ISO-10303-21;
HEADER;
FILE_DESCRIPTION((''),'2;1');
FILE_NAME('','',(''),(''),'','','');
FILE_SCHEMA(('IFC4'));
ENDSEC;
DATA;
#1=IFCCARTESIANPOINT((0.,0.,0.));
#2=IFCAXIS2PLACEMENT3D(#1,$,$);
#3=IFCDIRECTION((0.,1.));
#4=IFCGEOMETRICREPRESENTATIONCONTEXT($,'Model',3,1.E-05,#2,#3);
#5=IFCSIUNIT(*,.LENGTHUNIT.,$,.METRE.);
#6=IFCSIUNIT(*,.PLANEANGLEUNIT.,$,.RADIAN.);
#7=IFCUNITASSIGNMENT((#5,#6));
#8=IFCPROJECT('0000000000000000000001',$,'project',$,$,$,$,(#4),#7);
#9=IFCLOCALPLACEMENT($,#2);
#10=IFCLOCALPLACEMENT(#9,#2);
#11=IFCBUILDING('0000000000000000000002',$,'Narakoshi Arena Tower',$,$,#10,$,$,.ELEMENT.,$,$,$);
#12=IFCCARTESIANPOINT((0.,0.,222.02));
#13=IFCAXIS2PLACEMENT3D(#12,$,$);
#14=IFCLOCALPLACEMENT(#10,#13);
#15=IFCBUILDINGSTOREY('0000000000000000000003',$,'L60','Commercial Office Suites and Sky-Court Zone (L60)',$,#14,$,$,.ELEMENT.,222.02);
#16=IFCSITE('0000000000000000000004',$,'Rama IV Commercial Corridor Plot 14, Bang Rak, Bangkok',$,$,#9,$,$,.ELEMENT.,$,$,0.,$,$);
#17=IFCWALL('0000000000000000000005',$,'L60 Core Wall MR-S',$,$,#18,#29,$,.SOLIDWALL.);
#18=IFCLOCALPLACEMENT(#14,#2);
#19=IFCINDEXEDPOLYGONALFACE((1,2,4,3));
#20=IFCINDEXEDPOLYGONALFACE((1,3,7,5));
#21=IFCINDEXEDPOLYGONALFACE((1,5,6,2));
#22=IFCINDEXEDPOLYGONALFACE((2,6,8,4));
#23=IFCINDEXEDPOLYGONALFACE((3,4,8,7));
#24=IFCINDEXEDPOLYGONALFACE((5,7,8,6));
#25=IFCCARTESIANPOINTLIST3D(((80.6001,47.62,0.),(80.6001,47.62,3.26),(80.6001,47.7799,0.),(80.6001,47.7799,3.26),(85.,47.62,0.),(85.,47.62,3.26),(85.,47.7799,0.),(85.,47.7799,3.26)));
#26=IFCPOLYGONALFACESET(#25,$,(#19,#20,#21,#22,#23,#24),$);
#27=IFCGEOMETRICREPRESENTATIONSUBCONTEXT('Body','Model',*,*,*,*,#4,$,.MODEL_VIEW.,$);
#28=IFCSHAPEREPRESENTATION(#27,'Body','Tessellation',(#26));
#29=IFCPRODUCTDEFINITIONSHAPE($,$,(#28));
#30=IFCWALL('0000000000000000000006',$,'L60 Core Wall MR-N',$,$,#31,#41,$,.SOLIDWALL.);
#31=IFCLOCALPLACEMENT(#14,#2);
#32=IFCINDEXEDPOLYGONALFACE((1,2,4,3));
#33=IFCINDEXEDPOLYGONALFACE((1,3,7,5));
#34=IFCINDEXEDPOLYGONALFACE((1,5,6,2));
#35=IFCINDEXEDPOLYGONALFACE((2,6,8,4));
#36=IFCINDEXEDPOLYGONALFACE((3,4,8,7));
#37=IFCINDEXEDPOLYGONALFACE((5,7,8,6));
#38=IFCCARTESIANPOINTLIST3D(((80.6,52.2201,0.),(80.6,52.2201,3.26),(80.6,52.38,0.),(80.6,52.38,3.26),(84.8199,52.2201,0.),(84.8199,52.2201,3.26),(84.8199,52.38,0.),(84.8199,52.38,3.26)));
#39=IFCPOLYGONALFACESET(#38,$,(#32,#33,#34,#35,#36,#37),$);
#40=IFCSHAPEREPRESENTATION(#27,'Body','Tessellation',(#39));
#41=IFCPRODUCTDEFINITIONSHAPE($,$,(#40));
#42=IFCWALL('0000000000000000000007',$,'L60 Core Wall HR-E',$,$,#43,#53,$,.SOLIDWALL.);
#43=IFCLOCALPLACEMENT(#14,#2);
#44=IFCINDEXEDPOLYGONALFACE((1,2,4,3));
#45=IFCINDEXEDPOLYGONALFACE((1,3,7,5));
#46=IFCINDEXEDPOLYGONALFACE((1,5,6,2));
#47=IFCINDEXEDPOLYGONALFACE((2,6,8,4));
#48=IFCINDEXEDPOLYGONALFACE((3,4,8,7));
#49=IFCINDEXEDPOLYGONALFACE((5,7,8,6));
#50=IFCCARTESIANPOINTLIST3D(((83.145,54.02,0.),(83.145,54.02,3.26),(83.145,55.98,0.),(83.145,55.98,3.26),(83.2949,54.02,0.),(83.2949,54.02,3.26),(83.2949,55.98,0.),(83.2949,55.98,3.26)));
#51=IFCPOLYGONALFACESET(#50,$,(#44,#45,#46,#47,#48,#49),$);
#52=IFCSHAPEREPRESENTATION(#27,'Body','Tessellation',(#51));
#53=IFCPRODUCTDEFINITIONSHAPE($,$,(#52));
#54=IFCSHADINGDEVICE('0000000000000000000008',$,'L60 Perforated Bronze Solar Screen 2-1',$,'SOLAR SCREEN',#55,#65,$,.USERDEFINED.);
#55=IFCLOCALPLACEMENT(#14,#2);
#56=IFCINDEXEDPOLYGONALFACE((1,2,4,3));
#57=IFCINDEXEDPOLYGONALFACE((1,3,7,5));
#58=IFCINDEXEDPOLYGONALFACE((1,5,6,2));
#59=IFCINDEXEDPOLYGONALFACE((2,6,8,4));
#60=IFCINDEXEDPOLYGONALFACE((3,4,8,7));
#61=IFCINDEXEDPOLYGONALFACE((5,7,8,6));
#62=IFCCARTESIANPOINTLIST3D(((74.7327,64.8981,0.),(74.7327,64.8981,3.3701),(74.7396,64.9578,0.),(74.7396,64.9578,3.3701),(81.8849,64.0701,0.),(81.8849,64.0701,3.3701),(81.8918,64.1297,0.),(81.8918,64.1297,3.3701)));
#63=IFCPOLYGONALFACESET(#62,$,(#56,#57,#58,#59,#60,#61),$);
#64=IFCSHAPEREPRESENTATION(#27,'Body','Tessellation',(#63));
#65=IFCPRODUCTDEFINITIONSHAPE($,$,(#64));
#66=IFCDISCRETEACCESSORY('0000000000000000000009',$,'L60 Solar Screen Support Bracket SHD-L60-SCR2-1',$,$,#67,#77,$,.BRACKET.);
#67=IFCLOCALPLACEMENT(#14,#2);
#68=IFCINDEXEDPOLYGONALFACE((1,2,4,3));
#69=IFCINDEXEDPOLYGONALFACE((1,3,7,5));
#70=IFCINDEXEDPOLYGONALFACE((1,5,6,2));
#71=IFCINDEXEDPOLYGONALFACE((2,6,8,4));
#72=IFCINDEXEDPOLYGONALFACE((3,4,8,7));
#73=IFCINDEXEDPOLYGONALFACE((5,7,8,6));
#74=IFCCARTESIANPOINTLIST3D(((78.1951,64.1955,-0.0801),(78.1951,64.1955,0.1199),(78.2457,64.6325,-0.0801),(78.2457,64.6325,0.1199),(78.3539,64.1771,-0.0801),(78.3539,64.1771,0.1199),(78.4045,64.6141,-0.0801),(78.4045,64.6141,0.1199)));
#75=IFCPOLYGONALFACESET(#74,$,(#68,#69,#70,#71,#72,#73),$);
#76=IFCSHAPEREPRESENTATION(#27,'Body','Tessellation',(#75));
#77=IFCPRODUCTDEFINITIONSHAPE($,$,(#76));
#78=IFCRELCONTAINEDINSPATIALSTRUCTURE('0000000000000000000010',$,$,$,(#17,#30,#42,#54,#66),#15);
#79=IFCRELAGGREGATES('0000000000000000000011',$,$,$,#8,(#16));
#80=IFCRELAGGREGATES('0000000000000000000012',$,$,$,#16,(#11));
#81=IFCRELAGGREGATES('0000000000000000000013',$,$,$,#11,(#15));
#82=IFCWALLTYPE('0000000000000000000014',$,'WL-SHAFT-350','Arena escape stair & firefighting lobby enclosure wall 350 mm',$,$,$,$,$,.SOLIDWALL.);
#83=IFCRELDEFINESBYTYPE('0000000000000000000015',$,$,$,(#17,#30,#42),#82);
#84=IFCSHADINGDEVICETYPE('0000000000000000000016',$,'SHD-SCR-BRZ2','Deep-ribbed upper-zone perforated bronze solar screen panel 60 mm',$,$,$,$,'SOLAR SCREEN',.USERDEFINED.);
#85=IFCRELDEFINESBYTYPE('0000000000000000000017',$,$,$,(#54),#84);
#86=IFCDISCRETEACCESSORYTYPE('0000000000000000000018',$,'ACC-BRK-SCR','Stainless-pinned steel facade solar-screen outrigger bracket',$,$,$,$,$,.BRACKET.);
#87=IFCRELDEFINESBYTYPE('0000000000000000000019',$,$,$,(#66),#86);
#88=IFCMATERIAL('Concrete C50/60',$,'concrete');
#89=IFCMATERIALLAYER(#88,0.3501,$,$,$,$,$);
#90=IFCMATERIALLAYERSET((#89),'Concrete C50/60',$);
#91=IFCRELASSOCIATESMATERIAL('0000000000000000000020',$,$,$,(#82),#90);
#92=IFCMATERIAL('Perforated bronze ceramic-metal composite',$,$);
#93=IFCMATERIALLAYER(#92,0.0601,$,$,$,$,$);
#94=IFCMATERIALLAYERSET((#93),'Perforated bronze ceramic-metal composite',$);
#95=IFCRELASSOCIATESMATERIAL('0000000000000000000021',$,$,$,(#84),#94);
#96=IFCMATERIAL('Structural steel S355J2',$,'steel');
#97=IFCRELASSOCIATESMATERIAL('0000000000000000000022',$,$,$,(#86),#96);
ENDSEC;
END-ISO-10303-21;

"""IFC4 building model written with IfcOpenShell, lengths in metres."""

from ifc_helpers import new_model, si_unit, direction, frame, frame_2d, origin, origin_2d, place, context, subcontext, project, spatial, rectangle, extrude, material, layer, layer_set, type_object, element, save


model = new_model("IFC4")

# Units and contexts
model_context = context("Model", 3, precision=1e-05, world=origin(), true_north=direction((0.0, 1.0)))
body_context = subcontext(model_context, "Body", "Model", "MODEL_VIEW")
ifc_project = project(units=[si_unit("LENGTHUNIT", "METRE"), si_unit("PLANEANGLEUNIT", "RADIAN")], contexts=[model_context])

# Site, building, storey
site_placement = place(None, origin())
site = spatial("IfcSite", under=ifc_project, at=site_placement, Name="Rama IV Commercial Corridor Plot 14, Bang Rak, Bangkok", CompositionType="ELEMENT", RefElevation=0.0)
building_placement = place(site_placement, origin())
building = spatial("IfcBuilding", under=site, at=building_placement, Name="Narakoshi Arena Tower", CompositionType="ELEMENT")
storey_placement = place(building_placement, frame((0.0, 0.0, 222.02)))
storey = spatial("IfcBuildingStorey", under=building, at=storey_placement, Name="L60", Description="Commercial Office Suites and Sky-Court Zone (L60)", CompositionType="ELEMENT", Elevation=222.02)

# Shared definitions
ifc_material_1 = material(Name="Structural steel S355J2", Category="steel")

# Shared definitions
ifc_material_2 = material(Name="Concrete C50/60", Category="concrete")
ifc_layer_1 = layer(ifc_material_2, 0.3501)
ifc_layer_set_1 = layer_set([ifc_layer_1], Name="Concrete C50/60")
wall_type_1 = type_object("IfcWallType", Name="WL-SHAFT-350", Description="Arena escape stair & firefighting lobby enclosure wall 350 mm", PredefinedType="SOLIDWALL", material=ifc_layer_set_1)

# Walls
wall_1_placement = place(storey_placement, frame((80.6001, 47.7, 0.0), z_axis=(0.0, 0.0, 1.0), x_axis=(1.0, 0.0, 0.0)))
element("IfcWall", 1, at=wall_1_placement, inside=storey, type_object=wall_type_1, Name="L60 Core Wall MR-S", PredefinedType="SOLIDWALL", context=body_context, shape_type="SweptSolid", body=[
    extrude(rectangle(XDim=4.3999, YDim=0.1599, at=frame_2d((2.2, 0.0))), origin(), (0.0, 0.0, 1.0), 3.26),
])
wall_2_placement = place(storey_placement, frame((80.6001, 52.3, 0.0), z_axis=(0.0, 0.0, 1.0), x_axis=(1.0, 0.0, 0.0)))
element("IfcWall", 2, at=wall_2_placement, inside=storey, type_object=wall_type_1, Name="L60 Core Wall MR-N", PredefinedType="SOLIDWALL", context=body_context, shape_type="SweptSolid", body=[
    extrude(rectangle(XDim=4.22, YDim=0.1599, at=frame_2d((2.1099, 0.0))), origin(), (0.0, 0.0, 1.0), 3.26),
])
wall_3_placement = place(storey_placement, frame((83.22, 54.02, 0.0), z_axis=(0.0, 0.0, 1.0), x_axis=(0.0, 1.0, 0.0)))
element("IfcWall", 3, at=wall_3_placement, inside=storey, type_object=wall_type_1, Name="L60 Core Wall HR-E", PredefinedType="SOLIDWALL", context=body_context, shape_type="SweptSolid", body=[
    extrude(rectangle(XDim=1.96, YDim=0.1499, at=frame_2d((0.98, 0.0))), origin(), (0.0, 0.0, 1.0), 3.26),
])

# Shading device
ifc_material_3 = material(Name="Perforated bronze ceramic-metal composite")
ifc_layer_2 = layer(ifc_material_3, 0.0601)
ifc_layer_set_2 = layer_set([ifc_layer_2], Name="Perforated bronze ceramic-metal composite")
shading_device_type = type_object("IfcShadingDeviceType", Name="SHD-SCR-BRZ2", Description="Deep-ribbed upper-zone perforated bronze solar screen panel 60 mm", ElementType="SOLAR SCREEN", PredefinedType="USERDEFINED", material=ifc_layer_set_2)
shading_device_placement = place(storey_placement, frame((78.3123, 64.5139, 0.0), z_axis=(0.0, 0.0, 1.0), x_axis=(-0.993365, 0.115007, 0.0)))
element("IfcShadingDevice", 4, at=shading_device_placement, inside=storey, type_object=shading_device_type, Name="L60 Perforated Bronze Solar Screen 2-1", ObjectType="SOLAR SCREEN", PredefinedType="USERDEFINED", context=body_context, shape_type="SweptSolid", body=[
    extrude(rectangle(XDim=7.2, YDim=0.0601, at=origin_2d()), origin(), (0.0, 0.0, 1.0), 3.3701),
])

# Discrete accessory
discrete_accessory_type = type_object("IfcDiscreteAccessoryType", Name="ACC-BRK-SCR", Description="Stainless-pinned steel facade solar-screen outrigger bracket", PredefinedType="BRACKET", material=ifc_material_1)
discrete_accessory_placement = place(storey_placement, frame((78.2998, 64.4048, -0.0801), z_axis=(0.0, 0.0, 1.0), x_axis=(-0.993365, 0.115007, 0.0)))
element("IfcDiscreteAccessory", 5, at=discrete_accessory_placement, inside=storey, type_object=discrete_accessory_type, Name="L60 Solar Screen Support Bracket SHD-L60-SCR2-1", PredefinedType="BRACKET", context=body_context, shape_type="SweptSolid", body=[
    extrude(rectangle(XDim=0.1599, YDim=0.4399, at=origin_2d()), origin(), (0.0, 0.0, 1.0), 0.2),
])

save(model, "model.ifc")
